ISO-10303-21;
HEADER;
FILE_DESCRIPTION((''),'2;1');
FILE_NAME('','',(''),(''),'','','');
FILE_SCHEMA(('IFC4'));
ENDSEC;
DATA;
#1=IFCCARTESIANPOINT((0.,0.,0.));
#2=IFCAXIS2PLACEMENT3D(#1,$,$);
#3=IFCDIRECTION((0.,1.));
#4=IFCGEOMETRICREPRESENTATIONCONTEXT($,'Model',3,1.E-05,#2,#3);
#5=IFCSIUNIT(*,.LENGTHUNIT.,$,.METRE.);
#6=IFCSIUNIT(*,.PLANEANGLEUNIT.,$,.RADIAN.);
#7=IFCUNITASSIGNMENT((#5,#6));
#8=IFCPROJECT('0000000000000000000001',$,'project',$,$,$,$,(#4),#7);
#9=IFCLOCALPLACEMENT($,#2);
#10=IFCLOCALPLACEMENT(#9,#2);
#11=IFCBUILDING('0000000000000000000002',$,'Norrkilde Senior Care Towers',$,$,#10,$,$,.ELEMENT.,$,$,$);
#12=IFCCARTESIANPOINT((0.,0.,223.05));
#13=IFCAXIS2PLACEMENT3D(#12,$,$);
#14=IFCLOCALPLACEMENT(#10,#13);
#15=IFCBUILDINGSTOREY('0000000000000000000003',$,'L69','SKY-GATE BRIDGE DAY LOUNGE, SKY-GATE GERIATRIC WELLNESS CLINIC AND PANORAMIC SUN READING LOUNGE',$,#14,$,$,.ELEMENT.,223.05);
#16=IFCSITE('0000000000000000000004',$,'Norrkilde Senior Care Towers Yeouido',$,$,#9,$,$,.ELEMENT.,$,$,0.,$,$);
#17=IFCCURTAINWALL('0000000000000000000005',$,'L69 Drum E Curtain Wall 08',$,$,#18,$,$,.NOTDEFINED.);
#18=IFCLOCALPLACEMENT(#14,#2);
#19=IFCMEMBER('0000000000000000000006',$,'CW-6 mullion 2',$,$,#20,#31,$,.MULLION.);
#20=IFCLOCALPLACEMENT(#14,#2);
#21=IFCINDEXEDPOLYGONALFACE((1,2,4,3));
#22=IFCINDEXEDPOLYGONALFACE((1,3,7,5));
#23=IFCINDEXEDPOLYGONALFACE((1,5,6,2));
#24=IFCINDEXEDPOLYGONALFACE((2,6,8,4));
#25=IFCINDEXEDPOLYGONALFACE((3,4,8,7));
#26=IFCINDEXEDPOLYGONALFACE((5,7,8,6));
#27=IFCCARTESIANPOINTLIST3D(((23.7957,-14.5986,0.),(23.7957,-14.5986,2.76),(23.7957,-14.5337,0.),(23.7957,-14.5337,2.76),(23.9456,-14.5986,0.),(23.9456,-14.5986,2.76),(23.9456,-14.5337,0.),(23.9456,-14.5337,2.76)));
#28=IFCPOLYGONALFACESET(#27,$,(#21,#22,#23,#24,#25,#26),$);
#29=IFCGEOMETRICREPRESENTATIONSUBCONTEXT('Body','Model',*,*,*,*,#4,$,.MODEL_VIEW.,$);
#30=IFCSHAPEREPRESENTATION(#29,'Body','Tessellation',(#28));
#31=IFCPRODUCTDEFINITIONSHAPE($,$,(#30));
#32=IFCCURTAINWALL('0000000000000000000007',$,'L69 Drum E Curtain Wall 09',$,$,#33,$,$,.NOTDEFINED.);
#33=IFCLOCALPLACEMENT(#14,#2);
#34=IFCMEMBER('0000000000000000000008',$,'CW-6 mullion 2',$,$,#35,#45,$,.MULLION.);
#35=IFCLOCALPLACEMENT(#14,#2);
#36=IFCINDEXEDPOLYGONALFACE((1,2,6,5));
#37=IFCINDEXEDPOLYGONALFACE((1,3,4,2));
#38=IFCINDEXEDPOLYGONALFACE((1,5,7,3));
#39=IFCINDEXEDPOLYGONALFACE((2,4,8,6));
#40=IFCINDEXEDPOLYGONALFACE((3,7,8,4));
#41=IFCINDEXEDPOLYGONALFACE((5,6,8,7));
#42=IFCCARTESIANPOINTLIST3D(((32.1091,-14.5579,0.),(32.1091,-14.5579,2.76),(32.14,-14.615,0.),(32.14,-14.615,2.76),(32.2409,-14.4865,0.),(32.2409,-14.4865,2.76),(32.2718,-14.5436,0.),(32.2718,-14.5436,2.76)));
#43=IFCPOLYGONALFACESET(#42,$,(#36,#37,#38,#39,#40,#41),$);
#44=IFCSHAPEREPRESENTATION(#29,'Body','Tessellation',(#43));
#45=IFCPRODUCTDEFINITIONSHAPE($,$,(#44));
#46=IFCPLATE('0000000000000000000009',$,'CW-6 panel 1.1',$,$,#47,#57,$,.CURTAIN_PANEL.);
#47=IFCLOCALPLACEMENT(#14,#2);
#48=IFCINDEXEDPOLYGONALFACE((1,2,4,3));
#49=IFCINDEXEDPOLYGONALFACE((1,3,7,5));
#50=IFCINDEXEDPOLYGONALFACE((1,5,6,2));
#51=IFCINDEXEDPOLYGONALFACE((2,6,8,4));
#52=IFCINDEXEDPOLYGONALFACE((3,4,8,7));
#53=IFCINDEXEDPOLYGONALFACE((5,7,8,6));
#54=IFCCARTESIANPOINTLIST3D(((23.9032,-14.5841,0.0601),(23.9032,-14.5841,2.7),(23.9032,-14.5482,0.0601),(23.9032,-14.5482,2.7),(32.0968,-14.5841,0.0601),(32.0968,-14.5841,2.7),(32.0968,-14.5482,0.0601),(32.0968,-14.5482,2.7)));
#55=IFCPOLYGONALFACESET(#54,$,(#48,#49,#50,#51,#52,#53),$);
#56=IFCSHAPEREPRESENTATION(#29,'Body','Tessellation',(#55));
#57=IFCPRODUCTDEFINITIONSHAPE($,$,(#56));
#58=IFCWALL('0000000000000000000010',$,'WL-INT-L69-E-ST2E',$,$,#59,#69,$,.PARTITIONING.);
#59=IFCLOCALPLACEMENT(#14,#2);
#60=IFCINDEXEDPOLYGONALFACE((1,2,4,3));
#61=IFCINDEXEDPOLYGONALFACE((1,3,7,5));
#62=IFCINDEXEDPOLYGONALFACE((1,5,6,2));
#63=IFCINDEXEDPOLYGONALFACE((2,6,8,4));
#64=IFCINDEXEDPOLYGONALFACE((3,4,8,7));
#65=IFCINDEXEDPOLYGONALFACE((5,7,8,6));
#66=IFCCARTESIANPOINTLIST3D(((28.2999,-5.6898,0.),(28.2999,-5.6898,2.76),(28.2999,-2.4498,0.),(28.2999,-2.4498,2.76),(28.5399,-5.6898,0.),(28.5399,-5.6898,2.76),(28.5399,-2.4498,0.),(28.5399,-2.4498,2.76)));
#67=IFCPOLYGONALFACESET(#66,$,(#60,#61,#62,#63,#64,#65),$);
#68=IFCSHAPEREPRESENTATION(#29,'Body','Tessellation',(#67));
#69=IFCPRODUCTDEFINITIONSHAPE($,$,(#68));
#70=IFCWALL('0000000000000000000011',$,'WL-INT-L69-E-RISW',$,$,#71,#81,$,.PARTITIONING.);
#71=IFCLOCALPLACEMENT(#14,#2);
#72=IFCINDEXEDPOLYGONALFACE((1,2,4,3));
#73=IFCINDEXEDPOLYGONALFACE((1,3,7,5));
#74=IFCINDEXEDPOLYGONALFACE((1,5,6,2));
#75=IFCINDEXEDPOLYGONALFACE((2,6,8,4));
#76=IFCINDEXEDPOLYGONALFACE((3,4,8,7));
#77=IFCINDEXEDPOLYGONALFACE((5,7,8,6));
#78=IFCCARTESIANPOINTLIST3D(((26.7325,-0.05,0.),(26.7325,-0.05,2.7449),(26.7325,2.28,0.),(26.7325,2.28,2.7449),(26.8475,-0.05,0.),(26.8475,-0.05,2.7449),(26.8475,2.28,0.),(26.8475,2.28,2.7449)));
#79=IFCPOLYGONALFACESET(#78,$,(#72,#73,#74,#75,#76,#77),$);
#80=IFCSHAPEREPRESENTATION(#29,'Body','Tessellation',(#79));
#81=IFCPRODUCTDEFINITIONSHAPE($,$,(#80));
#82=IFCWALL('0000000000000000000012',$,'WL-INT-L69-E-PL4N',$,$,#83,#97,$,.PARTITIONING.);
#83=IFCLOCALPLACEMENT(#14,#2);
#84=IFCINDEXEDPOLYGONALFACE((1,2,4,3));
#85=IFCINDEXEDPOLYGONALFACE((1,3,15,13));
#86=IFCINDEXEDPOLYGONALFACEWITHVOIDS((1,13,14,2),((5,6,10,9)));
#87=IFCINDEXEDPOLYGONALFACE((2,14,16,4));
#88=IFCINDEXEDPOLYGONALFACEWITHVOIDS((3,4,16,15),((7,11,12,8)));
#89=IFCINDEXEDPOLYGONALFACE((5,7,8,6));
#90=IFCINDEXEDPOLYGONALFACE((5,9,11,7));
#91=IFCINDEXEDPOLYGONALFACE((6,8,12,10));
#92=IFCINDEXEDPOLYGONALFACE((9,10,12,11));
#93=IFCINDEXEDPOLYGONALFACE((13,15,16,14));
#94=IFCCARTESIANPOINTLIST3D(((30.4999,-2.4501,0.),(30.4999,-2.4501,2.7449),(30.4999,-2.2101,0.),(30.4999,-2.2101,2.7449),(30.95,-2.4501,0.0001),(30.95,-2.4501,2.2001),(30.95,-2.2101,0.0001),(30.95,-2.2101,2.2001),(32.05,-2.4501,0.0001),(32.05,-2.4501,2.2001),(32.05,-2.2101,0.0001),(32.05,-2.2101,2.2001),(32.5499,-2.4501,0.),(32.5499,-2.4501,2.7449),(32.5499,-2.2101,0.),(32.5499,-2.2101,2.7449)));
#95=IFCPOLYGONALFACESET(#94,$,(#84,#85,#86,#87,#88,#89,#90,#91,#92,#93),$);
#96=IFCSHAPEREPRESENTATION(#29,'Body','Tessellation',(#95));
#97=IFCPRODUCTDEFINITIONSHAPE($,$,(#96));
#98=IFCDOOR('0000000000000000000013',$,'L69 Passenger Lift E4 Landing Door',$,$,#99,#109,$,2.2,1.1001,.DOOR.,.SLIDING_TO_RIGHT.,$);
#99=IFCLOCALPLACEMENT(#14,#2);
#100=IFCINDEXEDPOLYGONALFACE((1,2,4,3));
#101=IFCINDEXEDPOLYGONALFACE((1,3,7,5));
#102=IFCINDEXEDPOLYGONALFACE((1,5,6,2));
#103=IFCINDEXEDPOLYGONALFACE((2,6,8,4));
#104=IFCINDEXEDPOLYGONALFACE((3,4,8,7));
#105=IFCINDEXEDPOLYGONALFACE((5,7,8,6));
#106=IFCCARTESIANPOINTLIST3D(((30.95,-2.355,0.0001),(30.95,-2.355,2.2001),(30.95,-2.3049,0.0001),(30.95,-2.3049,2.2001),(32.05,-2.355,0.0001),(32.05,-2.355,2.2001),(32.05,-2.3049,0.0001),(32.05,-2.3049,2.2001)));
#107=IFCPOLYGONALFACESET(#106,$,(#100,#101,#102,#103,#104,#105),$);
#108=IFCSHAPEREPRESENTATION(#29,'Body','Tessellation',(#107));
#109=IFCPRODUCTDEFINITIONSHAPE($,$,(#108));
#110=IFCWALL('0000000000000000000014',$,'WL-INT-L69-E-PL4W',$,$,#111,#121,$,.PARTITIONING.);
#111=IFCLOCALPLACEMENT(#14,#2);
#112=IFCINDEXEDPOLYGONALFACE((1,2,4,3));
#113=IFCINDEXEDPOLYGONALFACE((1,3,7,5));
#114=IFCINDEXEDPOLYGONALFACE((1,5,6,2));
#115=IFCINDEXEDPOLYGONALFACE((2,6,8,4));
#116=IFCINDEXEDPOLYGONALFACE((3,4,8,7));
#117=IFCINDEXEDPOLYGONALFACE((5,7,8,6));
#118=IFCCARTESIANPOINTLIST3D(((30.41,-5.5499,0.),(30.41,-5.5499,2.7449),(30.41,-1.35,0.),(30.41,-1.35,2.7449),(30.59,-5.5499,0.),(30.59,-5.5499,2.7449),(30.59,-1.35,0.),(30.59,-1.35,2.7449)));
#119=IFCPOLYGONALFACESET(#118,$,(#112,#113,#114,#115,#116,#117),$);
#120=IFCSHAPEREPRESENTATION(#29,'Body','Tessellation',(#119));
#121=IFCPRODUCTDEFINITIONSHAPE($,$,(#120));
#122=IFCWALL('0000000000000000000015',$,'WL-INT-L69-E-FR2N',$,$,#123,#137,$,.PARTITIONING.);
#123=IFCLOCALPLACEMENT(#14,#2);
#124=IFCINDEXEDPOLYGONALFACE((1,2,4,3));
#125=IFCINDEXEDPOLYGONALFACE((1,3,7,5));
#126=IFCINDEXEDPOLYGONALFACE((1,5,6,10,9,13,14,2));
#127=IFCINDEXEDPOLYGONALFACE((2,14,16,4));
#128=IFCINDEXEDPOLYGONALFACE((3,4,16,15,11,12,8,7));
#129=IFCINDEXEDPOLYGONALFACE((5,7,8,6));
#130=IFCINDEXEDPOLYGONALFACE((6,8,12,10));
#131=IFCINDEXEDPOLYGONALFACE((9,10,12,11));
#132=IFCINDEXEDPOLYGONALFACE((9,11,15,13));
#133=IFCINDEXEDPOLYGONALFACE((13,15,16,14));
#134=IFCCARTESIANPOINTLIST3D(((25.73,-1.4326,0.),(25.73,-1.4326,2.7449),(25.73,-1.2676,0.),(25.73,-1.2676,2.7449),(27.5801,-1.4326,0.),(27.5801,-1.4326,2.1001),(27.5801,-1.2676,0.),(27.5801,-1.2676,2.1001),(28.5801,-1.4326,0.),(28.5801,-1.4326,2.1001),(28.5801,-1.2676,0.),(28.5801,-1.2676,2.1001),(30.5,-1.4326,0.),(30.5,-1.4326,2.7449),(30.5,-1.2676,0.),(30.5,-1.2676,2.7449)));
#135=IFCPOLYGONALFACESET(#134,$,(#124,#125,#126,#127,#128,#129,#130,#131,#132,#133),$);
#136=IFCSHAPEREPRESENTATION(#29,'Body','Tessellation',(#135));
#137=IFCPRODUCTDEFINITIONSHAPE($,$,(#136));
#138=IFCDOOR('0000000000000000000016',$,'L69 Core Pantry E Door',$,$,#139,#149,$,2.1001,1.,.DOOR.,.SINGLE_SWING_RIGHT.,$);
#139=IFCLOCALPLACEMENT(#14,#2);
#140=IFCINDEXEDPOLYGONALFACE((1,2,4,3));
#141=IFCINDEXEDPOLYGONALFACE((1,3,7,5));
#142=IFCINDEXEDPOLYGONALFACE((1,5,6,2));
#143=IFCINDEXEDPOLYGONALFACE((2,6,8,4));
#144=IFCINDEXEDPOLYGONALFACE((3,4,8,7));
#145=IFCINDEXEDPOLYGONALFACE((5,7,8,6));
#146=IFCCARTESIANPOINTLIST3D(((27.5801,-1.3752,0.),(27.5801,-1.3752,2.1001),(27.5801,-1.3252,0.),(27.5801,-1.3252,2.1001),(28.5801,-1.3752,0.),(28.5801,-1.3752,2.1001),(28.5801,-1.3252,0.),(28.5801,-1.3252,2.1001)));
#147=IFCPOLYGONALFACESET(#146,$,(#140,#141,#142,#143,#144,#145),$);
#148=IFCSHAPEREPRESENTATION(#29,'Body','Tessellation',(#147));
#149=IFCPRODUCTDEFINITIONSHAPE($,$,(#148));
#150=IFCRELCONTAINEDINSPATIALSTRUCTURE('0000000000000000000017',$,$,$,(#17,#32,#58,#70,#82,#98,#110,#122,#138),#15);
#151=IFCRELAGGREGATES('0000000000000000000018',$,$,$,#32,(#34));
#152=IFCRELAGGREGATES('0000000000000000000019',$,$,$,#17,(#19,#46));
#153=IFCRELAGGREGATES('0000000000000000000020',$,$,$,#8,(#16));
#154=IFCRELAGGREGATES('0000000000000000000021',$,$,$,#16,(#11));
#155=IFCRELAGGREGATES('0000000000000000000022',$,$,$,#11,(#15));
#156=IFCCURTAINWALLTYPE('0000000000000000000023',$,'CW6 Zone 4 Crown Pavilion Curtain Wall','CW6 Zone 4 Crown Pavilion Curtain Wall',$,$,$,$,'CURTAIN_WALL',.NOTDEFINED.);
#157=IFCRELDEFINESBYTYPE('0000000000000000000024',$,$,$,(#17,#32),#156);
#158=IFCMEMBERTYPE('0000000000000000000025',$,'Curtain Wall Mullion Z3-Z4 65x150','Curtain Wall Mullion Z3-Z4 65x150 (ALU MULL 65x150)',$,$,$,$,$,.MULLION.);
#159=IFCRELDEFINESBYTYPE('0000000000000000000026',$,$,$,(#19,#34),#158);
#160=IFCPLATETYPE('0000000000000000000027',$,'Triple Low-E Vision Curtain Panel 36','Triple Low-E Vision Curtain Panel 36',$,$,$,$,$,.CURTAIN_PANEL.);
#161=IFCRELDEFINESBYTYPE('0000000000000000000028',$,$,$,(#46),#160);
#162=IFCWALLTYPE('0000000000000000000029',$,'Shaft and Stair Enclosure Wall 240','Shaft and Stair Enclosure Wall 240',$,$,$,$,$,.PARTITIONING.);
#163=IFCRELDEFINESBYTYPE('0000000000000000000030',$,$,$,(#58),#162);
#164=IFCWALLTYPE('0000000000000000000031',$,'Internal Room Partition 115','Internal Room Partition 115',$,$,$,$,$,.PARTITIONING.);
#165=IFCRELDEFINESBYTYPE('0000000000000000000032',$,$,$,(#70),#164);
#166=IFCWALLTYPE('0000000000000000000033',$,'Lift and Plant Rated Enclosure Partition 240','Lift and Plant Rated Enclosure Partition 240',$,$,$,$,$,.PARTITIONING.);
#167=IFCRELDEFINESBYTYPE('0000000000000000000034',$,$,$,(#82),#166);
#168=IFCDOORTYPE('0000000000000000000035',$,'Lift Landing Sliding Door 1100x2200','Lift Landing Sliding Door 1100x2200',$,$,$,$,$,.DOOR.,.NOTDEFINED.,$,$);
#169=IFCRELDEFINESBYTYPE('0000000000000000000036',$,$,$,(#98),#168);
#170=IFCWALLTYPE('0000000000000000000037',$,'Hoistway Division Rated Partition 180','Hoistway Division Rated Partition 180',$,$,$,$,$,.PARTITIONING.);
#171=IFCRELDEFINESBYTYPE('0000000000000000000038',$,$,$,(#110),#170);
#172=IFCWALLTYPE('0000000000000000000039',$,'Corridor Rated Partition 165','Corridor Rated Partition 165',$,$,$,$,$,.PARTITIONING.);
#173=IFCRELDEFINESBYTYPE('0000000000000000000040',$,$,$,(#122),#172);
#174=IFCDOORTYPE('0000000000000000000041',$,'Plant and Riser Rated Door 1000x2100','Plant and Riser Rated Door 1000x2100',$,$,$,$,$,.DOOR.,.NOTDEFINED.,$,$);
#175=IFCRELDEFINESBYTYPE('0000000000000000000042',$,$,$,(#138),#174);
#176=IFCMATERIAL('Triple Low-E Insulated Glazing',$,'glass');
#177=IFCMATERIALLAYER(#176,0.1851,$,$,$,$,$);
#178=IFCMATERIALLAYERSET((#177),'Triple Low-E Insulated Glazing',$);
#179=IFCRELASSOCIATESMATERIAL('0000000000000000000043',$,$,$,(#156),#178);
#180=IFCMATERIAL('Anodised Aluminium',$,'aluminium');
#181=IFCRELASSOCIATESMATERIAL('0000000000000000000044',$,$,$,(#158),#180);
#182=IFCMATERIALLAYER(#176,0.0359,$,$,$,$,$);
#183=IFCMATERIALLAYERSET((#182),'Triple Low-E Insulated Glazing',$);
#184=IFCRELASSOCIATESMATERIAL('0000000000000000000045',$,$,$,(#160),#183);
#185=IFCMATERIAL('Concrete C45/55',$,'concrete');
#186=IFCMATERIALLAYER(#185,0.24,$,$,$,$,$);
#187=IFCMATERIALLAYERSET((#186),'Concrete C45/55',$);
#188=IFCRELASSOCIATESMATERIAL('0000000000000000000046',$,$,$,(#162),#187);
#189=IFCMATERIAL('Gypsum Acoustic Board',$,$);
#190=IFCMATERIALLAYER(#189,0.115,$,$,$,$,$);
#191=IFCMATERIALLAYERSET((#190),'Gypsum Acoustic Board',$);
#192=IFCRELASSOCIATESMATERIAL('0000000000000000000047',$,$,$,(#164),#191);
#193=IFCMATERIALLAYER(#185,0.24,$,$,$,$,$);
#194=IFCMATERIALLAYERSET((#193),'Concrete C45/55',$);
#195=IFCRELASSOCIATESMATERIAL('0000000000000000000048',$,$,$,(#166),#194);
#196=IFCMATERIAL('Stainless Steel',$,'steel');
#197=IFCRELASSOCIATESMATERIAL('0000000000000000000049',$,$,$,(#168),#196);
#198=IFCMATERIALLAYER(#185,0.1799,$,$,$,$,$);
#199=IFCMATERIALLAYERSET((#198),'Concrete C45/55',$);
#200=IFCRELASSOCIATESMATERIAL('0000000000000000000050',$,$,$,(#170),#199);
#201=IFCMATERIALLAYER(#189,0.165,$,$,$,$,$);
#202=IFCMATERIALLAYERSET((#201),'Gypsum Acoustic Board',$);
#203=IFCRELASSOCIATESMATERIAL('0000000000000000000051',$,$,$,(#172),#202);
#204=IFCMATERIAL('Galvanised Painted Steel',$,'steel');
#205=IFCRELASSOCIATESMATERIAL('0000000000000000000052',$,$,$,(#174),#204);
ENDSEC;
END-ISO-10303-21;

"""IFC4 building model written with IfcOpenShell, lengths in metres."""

from ifc_helpers import new_model, si_unit, direction, frame, frame_2d, origin, origin_2d, place, context, subcontext, project, spatial, rectangle, extrude, source, transform, mapped, material, layer, layer_set, material_profile, profile_set, type_object, type_shapes, element, fill, aggregate, save


model = new_model("IFC4")

# Units and contexts
model_context = context("Model", 3, precision=1e-05, world=origin(), true_north=direction((0.0, 1.0)))
body_context = subcontext(model_context, "Body", "Model", "MODEL_VIEW")
ifc_project = project(units=[si_unit("LENGTHUNIT", "METRE"), si_unit("PLANEANGLEUNIT", "RADIAN")], contexts=[model_context])

# Site, building, storey
site_placement = place(None, origin())
site = spatial("IfcSite", under=ifc_project, at=site_placement, Name="Norrkilde Senior Care Towers Yeouido", CompositionType="ELEMENT", RefElevation=0.0)
building_placement = place(site_placement, origin())
building = spatial("IfcBuilding", under=site, at=building_placement, Name="Norrkilde Senior Care Towers", CompositionType="ELEMENT")
storey_placement = place(building_placement, frame((0.0, 0.0, 223.05)))
storey = spatial("IfcBuildingStorey", under=building, at=storey_placement, Name="L69", Description="SKY-GATE BRIDGE DAY LOUNGE, SKY-GATE GERIATRIC WELLNESS CLINIC AND PANORAMIC SUN READING LOUNGE", CompositionType="ELEMENT", Elevation=223.05)

# Curtain wall, member
ifc_material_1 = material(Name="Triple Low-E Insulated Glazing", Category="glass")
ifc_layer_1 = layer(ifc_material_1, 0.1851)
ifc_layer_set_1 = layer_set([ifc_layer_1], Name="Triple Low-E Insulated Glazing")
curtain_wall_type = type_object("IfcCurtainWallType", Name="CW6 Zone 4 Crown Pavilion Curtain Wall", Description="CW6 Zone 4 Crown Pavilion Curtain Wall", ElementType="CURTAIN_WALL", PredefinedType="NOTDEFINED", material=ifc_layer_set_1)
curtain_wall_1_placement = place(storey_placement, origin())
curtain_wall_1 = element("IfcCurtainWall", 1, at=curtain_wall_1_placement, inside=storey, type_object=curtain_wall_type, Name="L69 Drum E Curtain Wall 08", PredefinedType="NOTDEFINED")
ifc_material_2 = material(Name="Anodised Aluminium", Category="aluminium")
ifc_material_profile_1 = material_profile(ifc_material_2, rectangle(XDim=0.0649, YDim=0.1499, at=origin_2d()), Name="ALU MULL 65x150")
ifc_profile_set_1 = profile_set([ifc_material_profile_1], Name="Anodised Aluminium")
member_type_1 = type_object("IfcMemberType", Name="Curtain Wall Mullion Z3-Z4 65x150", Description="Curtain Wall Mullion Z3-Z4 65x150 (ALU MULL 65x150)", PredefinedType="MULLION", material=ifc_profile_set_1)
shared_shape_1 = source(origin(), body_context, "Body", "SweptSolid", [
    extrude(rectangle(XDim=0.0649, YDim=0.1499, at=origin_2d()), origin(), (0.0, 0.0, 1.0), 2.76),
])
type_shapes(member_type_1, [shared_shape_1])
member_1_placement = place(storey_placement, frame((23.8706, -14.5662, 0.0), z_axis=(0.0, 0.0, 1.0), x_axis=(0.0, -1.0, 0.0)))
member_1 = element("IfcMember", 2, at=member_1_placement, type_object=member_type_1, Name="CW-6 mullion 2", PredefinedType="MULLION", context=body_context, shape_type="MappedRepresentation", body=[
    mapped(shared_shape_1, transform((0.0, 0.0, 0.0), x_axis=(1.0, 0.0, 0.0), y_axis=(0.0, 1.0, 0.0), z_axis=(0.0, 0.0, 1.0), scale=1.0)),
])

# Curtain wall, member
curtain_wall_2_placement = place(storey_placement, origin())
curtain_wall_2 = element("IfcCurtainWall", 3, at=curtain_wall_2_placement, inside=storey, type_object=curtain_wall_type, Name="L69 Drum E Curtain Wall 09", PredefinedType="NOTDEFINED")
member_2_placement = place(storey_placement, frame((32.1904, -14.5508, 0.0), z_axis=(0.0, 0.0, 1.0), x_axis=(0.476133, -0.879373, 0.0)))
member_2 = element("IfcMember", 4, at=member_2_placement, type_object=member_type_1, Name="CW-6 mullion 2", PredefinedType="MULLION", context=body_context, shape_type="MappedRepresentation", body=[
    mapped(shared_shape_1, transform((0.0, 0.0, 0.0), x_axis=(1.0, 0.0, 0.0), y_axis=(0.0, 1.0, 0.0), z_axis=(0.0, 0.0, 1.0), scale=1.0)),
])
aggregate(curtain_wall_2, [member_2])

# Plate
ifc_layer_2 = layer(ifc_material_1, 0.0359)
ifc_layer_set_2 = layer_set([ifc_layer_2], Name="Triple Low-E Insulated Glazing")
plate_type = type_object("IfcPlateType", Name="Triple Low-E Vision Curtain Panel 36", Description="Triple Low-E Vision Curtain Panel 36", PredefinedType="CURTAIN_PANEL", material=ifc_layer_set_2)
shared_shape_2 = source(origin(), body_context, "Body", "SweptSolid", [
    extrude(rectangle(XDim=8.1936, YDim=0.0359, at=origin_2d()), origin(), (0.0, 0.0, 1.0), 2.6399),
])
type_shapes(plate_type, [shared_shape_2])
plate_placement = place(storey_placement, frame((28.0, -14.5662, 0.0601), z_axis=(0.0, 0.0, 1.0), x_axis=(-1.0, 0.0, 0.0)))
plate = element("IfcPlate", 5, at=plate_placement, type_object=plate_type, Name="CW-6 panel 1.1", PredefinedType="CURTAIN_PANEL", context=body_context, shape_type="MappedRepresentation", body=[
    mapped(shared_shape_2, transform((0.0, 0.0, 0.0), x_axis=(1.0, 0.0, 0.0), y_axis=(0.0, 1.0, 0.0), z_axis=(0.0, 0.0, 1.0), scale=1.0)),
])
aggregate(curtain_wall_1, [member_1, plate])

# Wall
ifc_material_3 = material(Name="Concrete C45/55", Category="concrete")
ifc_layer_3 = layer(ifc_material_3, 0.24)
ifc_layer_set_3 = layer_set([ifc_layer_3], Name="Concrete C45/55")
wall_type_1 = type_object("IfcWallType", Name="Shaft and Stair Enclosure Wall 240", Description="Shaft and Stair Enclosure Wall 240", PredefinedType="PARTITIONING", material=ifc_layer_set_3)
shared_shape_3 = source(origin(), body_context, "Body", "SweptSolid", [
    extrude(rectangle(XDim=3.24, YDim=0.24, at=frame_2d((1.6201, 0.0))), origin(), (0.0, 0.0, 1.0), 2.76),
])
type_shapes(wall_type_1, [shared_shape_3])
wall_1_placement = place(storey_placement, frame((28.4199, -5.6899, 0.0), z_axis=(0.0, 0.0, 1.0), x_axis=(0.0, 1.0, 0.0)))
element("IfcWall", 6, at=wall_1_placement, inside=storey, type_object=wall_type_1, Name="WL-INT-L69-E-ST2E", PredefinedType="PARTITIONING", context=body_context, shape_type="MappedRepresentation", body=[
    mapped(shared_shape_3, transform((0.0, 0.0, 0.0), x_axis=(1.0, 0.0, 0.0), y_axis=(0.0, 1.0, 0.0), z_axis=(0.0, 0.0, 1.0), scale=1.0)),
])

# Shared definitions
ifc_material_4 = material(Name="Galvanised Painted Steel", Category="steel")

# Wall
ifc_material_5 = material(Name="Gypsum Acoustic Board")
ifc_layer_4 = layer(ifc_material_5, 0.115)
ifc_layer_set_4 = layer_set([ifc_layer_4], Name="Gypsum Acoustic Board")
wall_type_2 = type_object("IfcWallType", Name="Internal Room Partition 115", Description="Internal Room Partition 115", PredefinedType="PARTITIONING", material=ifc_layer_set_4)
shared_shape_4 = source(origin(), body_context, "Body", "SweptSolid", [
    extrude(rectangle(XDim=2.3301, YDim=0.115, at=frame_2d((1.165, 0.0))), origin(), (0.0, 0.0, 1.0), 2.7449),
])
wall_2_placement = place(storey_placement, frame((26.79, -0.05, 0.0), z_axis=(0.0, 0.0, 1.0), x_axis=(0.0, 1.0, 0.0)))
element("IfcWall", 7, at=wall_2_placement, inside=storey, type_object=wall_type_2, Name="WL-INT-L69-E-RISW", PredefinedType="PARTITIONING", context=body_context, shape_type="MappedRepresentation", body=[
    mapped(shared_shape_4, transform((0.0, 0.0, 0.0), x_axis=(1.0, 0.0, 0.0), y_axis=(0.0, 1.0, 0.0), z_axis=(0.0, 0.0, 1.0), scale=1.0)),
])

# Wall, opening, door
ifc_layer_5 = layer(ifc_material_3, 0.24)
ifc_layer_set_5 = layer_set([ifc_layer_5], Name="Concrete C45/55")
wall_type_3 = type_object("IfcWallType", Name="Lift and Plant Rated Enclosure Partition 240", Description="Lift and Plant Rated Enclosure Partition 240", PredefinedType="PARTITIONING", material=ifc_layer_set_5)
shared_shape_5 = source(origin(), body_context, "Body", "SweptSolid", [
    extrude(rectangle(XDim=2.05, YDim=0.24, at=frame_2d((1.0249, 0.0))), origin(), (0.0, 0.0, 1.0), 2.7449),
])
type_shapes(wall_type_3, [shared_shape_5])
wall_3_placement = place(storey_placement, frame((30.5, -2.3301, 0.0), z_axis=(0.0, 0.0, 1.0), x_axis=(1.0, 0.0, 0.0)))
wall_3 = element("IfcWall", 8, at=wall_3_placement, inside=storey, type_object=wall_type_3, Name="WL-INT-L69-E-PL4N", PredefinedType="PARTITIONING", context=body_context, shape_type="MappedRepresentation", body=[
    mapped(shared_shape_5, transform((0.0, 0.0, 0.0), x_axis=(1.0, 0.0, 0.0), y_axis=(0.0, 1.0, 0.0), z_axis=(0.0, 0.0, 1.0), scale=1.0)),
])
opening_1_placement = place(wall_3_placement, frame((0.45, 0.0, 0.0)))
opening_1 = element("IfcOpeningElement", 9, at=opening_1_placement, cuts=wall_3, PredefinedType="OPENING", context=body_context, shape_type="SweptSolid", body=[
    extrude(rectangle(XDim=1.1001, YDim=2.2, at=frame_2d((0.55, 1.1001))), frame((0.0, 0.1299, 0.0), z_axis=(0.0, -1.0, 0.0), x_axis=(1.0, 0.0, 0.0)), (0.0, 0.0, 1.0), 0.26),
])
ifc_material_6 = material(Name="Stainless Steel", Category="steel")
door_type_1 = type_object("IfcDoorType", Name="Lift Landing Sliding Door 1100x2200", Description="Lift Landing Sliding Door 1100x2200", OperationType="NOTDEFINED", PredefinedType="DOOR", material=ifc_material_6)
shared_shape_6 = source(origin(), body_context, "Body", "SweptSolid", [
    extrude(rectangle(XDim=1.1001, YDim=2.2, at=frame_2d((0.55, 1.1001))), frame((0.0, 0.0249, 0.0), z_axis=(0.0, -1.0, 0.0), x_axis=(1.0, 0.0, 0.0)), (0.0, 0.0, 1.0), 0.05),
])
type_shapes(door_type_1, [shared_shape_6])
door_1_placement = place(opening_1_placement, frame((1.1001, 0.0, 0.0), z_axis=(0.0, 0.0, 1.0), x_axis=(-1.0, 0.0, 0.0)))
door_1 = element("IfcDoor", 10, at=door_1_placement, inside=storey, type_object=door_type_1, Name="L69 Passenger Lift E4 Landing Door", OperationType="SLIDING_TO_RIGHT", OverallHeight=2.2, OverallWidth=1.1001, PredefinedType="DOOR", context=body_context, shape_type="MappedRepresentation", body=[
    mapped(shared_shape_6, transform((0.0, 0.0, 0.0), x_axis=(1.0, 0.0, 0.0), y_axis=(0.0, 1.0, 0.0), z_axis=(0.0, 0.0, 1.0), scale=1.0)),
])
fill(opening_1, door_1)

# Wall
ifc_layer_6 = layer(ifc_material_3, 0.1799)
ifc_layer_set_6 = layer_set([ifc_layer_6], Name="Concrete C45/55")
wall_type_4 = type_object("IfcWallType", Name="Hoistway Division Rated Partition 180", Description="Hoistway Division Rated Partition 180", PredefinedType="PARTITIONING", material=ifc_layer_set_6)
shared_shape_7 = source(origin(), body_context, "Body", "SweptSolid", [
    extrude(rectangle(XDim=4.2, YDim=0.1799, at=frame_2d((2.1001, 0.0))), origin(), (0.0, 0.0, 1.0), 2.7449),
])
type_shapes(wall_type_4, [shared_shape_7])
wall_4_placement = place(storey_placement, frame((30.5, -5.55, 0.0), z_axis=(0.0, 0.0, 1.0), x_axis=(0.0, 1.0, 0.0)))
element("IfcWall", 11, at=wall_4_placement, inside=storey, type_object=wall_type_4, Name="WL-INT-L69-E-PL4W", PredefinedType="PARTITIONING", context=body_context, shape_type="MappedRepresentation", body=[
    mapped(shared_shape_7, transform((0.0, 0.0, 0.0), x_axis=(1.0, 0.0, 0.0), y_axis=(0.0, 1.0, 0.0), z_axis=(0.0, 0.0, 1.0), scale=1.0)),
])

# Wall, opening, door
ifc_layer_7 = layer(ifc_material_5, 0.165)
ifc_layer_set_7 = layer_set([ifc_layer_7], Name="Gypsum Acoustic Board")
wall_type_5 = type_object("IfcWallType", Name="Corridor Rated Partition 165", Description="Corridor Rated Partition 165", PredefinedType="PARTITIONING", material=ifc_layer_set_7)
shared_shape_8 = source(origin(), body_context, "Body", "SweptSolid", [
    extrude(rectangle(XDim=4.77, YDim=0.165, at=frame_2d((2.385, 0.0))), origin(), (0.0, 0.0, 1.0), 2.7449),
])
wall_5_placement = place(storey_placement, frame((25.73, -1.3501, 0.0), z_axis=(0.0, 0.0, 1.0), x_axis=(1.0, 0.0, 0.0)))
wall_5 = element("IfcWall", 12, at=wall_5_placement, inside=storey, type_object=wall_type_5, Name="WL-INT-L69-E-FR2N", PredefinedType="PARTITIONING", context=body_context, shape_type="MappedRepresentation", body=[
    mapped(shared_shape_8, transform((0.0, 0.0, 0.0), x_axis=(1.0, 0.0, 0.0), y_axis=(0.0, 1.0, 0.0), z_axis=(0.0, 0.0, 1.0), scale=1.0)),
])
opening_2_placement = place(wall_5_placement, frame((1.8501, 0.0, 0.0)))
opening_2 = element("IfcOpeningElement", 13, at=opening_2_placement, cuts=wall_5, PredefinedType="OPENING", context=body_context, shape_type="SweptSolid", body=[
    extrude(rectangle(XDim=1.0, YDim=2.1001, at=frame_2d((0.5, 1.05))), frame((0.0, 0.0925, 0.0), z_axis=(0.0, -1.0, 0.0), x_axis=(1.0, 0.0, 0.0)), (0.0, 0.0, 1.0), 0.1851),
])
door_type_2 = type_object("IfcDoorType", Name="Plant and Riser Rated Door 1000x2100", Description="Plant and Riser Rated Door 1000x2100", OperationType="NOTDEFINED", PredefinedType="DOOR", material=ifc_material_4)
shared_shape_9 = source(origin(), body_context, "Body", "SweptSolid", [
    extrude(rectangle(XDim=1.0, YDim=2.1001, at=frame_2d((0.5, 1.05))), frame((0.0, 0.0249, 0.0), z_axis=(0.0, -1.0, 0.0), x_axis=(1.0, 0.0, 0.0)), (0.0, 0.0, 1.0), 0.05),
])
type_shapes(door_type_2, [shared_shape_9])
door_2_placement = place(opening_2_placement, origin())
door_2 = element("IfcDoor", 14, at=door_2_placement, inside=storey, type_object=door_type_2, Name="L69 Core Pantry E Door", OperationType="SINGLE_SWING_RIGHT", OverallHeight=2.1001, OverallWidth=1.0, PredefinedType="DOOR", context=body_context, shape_type="MappedRepresentation", body=[
    mapped(shared_shape_9, transform((0.0, 0.0, 0.0), x_axis=(1.0, 0.0, 0.0), y_axis=(0.0, 1.0, 0.0), z_axis=(0.0, 0.0, 1.0), scale=1.0)),
])
fill(opening_2, door_2)

save(model, "model.ifc")
